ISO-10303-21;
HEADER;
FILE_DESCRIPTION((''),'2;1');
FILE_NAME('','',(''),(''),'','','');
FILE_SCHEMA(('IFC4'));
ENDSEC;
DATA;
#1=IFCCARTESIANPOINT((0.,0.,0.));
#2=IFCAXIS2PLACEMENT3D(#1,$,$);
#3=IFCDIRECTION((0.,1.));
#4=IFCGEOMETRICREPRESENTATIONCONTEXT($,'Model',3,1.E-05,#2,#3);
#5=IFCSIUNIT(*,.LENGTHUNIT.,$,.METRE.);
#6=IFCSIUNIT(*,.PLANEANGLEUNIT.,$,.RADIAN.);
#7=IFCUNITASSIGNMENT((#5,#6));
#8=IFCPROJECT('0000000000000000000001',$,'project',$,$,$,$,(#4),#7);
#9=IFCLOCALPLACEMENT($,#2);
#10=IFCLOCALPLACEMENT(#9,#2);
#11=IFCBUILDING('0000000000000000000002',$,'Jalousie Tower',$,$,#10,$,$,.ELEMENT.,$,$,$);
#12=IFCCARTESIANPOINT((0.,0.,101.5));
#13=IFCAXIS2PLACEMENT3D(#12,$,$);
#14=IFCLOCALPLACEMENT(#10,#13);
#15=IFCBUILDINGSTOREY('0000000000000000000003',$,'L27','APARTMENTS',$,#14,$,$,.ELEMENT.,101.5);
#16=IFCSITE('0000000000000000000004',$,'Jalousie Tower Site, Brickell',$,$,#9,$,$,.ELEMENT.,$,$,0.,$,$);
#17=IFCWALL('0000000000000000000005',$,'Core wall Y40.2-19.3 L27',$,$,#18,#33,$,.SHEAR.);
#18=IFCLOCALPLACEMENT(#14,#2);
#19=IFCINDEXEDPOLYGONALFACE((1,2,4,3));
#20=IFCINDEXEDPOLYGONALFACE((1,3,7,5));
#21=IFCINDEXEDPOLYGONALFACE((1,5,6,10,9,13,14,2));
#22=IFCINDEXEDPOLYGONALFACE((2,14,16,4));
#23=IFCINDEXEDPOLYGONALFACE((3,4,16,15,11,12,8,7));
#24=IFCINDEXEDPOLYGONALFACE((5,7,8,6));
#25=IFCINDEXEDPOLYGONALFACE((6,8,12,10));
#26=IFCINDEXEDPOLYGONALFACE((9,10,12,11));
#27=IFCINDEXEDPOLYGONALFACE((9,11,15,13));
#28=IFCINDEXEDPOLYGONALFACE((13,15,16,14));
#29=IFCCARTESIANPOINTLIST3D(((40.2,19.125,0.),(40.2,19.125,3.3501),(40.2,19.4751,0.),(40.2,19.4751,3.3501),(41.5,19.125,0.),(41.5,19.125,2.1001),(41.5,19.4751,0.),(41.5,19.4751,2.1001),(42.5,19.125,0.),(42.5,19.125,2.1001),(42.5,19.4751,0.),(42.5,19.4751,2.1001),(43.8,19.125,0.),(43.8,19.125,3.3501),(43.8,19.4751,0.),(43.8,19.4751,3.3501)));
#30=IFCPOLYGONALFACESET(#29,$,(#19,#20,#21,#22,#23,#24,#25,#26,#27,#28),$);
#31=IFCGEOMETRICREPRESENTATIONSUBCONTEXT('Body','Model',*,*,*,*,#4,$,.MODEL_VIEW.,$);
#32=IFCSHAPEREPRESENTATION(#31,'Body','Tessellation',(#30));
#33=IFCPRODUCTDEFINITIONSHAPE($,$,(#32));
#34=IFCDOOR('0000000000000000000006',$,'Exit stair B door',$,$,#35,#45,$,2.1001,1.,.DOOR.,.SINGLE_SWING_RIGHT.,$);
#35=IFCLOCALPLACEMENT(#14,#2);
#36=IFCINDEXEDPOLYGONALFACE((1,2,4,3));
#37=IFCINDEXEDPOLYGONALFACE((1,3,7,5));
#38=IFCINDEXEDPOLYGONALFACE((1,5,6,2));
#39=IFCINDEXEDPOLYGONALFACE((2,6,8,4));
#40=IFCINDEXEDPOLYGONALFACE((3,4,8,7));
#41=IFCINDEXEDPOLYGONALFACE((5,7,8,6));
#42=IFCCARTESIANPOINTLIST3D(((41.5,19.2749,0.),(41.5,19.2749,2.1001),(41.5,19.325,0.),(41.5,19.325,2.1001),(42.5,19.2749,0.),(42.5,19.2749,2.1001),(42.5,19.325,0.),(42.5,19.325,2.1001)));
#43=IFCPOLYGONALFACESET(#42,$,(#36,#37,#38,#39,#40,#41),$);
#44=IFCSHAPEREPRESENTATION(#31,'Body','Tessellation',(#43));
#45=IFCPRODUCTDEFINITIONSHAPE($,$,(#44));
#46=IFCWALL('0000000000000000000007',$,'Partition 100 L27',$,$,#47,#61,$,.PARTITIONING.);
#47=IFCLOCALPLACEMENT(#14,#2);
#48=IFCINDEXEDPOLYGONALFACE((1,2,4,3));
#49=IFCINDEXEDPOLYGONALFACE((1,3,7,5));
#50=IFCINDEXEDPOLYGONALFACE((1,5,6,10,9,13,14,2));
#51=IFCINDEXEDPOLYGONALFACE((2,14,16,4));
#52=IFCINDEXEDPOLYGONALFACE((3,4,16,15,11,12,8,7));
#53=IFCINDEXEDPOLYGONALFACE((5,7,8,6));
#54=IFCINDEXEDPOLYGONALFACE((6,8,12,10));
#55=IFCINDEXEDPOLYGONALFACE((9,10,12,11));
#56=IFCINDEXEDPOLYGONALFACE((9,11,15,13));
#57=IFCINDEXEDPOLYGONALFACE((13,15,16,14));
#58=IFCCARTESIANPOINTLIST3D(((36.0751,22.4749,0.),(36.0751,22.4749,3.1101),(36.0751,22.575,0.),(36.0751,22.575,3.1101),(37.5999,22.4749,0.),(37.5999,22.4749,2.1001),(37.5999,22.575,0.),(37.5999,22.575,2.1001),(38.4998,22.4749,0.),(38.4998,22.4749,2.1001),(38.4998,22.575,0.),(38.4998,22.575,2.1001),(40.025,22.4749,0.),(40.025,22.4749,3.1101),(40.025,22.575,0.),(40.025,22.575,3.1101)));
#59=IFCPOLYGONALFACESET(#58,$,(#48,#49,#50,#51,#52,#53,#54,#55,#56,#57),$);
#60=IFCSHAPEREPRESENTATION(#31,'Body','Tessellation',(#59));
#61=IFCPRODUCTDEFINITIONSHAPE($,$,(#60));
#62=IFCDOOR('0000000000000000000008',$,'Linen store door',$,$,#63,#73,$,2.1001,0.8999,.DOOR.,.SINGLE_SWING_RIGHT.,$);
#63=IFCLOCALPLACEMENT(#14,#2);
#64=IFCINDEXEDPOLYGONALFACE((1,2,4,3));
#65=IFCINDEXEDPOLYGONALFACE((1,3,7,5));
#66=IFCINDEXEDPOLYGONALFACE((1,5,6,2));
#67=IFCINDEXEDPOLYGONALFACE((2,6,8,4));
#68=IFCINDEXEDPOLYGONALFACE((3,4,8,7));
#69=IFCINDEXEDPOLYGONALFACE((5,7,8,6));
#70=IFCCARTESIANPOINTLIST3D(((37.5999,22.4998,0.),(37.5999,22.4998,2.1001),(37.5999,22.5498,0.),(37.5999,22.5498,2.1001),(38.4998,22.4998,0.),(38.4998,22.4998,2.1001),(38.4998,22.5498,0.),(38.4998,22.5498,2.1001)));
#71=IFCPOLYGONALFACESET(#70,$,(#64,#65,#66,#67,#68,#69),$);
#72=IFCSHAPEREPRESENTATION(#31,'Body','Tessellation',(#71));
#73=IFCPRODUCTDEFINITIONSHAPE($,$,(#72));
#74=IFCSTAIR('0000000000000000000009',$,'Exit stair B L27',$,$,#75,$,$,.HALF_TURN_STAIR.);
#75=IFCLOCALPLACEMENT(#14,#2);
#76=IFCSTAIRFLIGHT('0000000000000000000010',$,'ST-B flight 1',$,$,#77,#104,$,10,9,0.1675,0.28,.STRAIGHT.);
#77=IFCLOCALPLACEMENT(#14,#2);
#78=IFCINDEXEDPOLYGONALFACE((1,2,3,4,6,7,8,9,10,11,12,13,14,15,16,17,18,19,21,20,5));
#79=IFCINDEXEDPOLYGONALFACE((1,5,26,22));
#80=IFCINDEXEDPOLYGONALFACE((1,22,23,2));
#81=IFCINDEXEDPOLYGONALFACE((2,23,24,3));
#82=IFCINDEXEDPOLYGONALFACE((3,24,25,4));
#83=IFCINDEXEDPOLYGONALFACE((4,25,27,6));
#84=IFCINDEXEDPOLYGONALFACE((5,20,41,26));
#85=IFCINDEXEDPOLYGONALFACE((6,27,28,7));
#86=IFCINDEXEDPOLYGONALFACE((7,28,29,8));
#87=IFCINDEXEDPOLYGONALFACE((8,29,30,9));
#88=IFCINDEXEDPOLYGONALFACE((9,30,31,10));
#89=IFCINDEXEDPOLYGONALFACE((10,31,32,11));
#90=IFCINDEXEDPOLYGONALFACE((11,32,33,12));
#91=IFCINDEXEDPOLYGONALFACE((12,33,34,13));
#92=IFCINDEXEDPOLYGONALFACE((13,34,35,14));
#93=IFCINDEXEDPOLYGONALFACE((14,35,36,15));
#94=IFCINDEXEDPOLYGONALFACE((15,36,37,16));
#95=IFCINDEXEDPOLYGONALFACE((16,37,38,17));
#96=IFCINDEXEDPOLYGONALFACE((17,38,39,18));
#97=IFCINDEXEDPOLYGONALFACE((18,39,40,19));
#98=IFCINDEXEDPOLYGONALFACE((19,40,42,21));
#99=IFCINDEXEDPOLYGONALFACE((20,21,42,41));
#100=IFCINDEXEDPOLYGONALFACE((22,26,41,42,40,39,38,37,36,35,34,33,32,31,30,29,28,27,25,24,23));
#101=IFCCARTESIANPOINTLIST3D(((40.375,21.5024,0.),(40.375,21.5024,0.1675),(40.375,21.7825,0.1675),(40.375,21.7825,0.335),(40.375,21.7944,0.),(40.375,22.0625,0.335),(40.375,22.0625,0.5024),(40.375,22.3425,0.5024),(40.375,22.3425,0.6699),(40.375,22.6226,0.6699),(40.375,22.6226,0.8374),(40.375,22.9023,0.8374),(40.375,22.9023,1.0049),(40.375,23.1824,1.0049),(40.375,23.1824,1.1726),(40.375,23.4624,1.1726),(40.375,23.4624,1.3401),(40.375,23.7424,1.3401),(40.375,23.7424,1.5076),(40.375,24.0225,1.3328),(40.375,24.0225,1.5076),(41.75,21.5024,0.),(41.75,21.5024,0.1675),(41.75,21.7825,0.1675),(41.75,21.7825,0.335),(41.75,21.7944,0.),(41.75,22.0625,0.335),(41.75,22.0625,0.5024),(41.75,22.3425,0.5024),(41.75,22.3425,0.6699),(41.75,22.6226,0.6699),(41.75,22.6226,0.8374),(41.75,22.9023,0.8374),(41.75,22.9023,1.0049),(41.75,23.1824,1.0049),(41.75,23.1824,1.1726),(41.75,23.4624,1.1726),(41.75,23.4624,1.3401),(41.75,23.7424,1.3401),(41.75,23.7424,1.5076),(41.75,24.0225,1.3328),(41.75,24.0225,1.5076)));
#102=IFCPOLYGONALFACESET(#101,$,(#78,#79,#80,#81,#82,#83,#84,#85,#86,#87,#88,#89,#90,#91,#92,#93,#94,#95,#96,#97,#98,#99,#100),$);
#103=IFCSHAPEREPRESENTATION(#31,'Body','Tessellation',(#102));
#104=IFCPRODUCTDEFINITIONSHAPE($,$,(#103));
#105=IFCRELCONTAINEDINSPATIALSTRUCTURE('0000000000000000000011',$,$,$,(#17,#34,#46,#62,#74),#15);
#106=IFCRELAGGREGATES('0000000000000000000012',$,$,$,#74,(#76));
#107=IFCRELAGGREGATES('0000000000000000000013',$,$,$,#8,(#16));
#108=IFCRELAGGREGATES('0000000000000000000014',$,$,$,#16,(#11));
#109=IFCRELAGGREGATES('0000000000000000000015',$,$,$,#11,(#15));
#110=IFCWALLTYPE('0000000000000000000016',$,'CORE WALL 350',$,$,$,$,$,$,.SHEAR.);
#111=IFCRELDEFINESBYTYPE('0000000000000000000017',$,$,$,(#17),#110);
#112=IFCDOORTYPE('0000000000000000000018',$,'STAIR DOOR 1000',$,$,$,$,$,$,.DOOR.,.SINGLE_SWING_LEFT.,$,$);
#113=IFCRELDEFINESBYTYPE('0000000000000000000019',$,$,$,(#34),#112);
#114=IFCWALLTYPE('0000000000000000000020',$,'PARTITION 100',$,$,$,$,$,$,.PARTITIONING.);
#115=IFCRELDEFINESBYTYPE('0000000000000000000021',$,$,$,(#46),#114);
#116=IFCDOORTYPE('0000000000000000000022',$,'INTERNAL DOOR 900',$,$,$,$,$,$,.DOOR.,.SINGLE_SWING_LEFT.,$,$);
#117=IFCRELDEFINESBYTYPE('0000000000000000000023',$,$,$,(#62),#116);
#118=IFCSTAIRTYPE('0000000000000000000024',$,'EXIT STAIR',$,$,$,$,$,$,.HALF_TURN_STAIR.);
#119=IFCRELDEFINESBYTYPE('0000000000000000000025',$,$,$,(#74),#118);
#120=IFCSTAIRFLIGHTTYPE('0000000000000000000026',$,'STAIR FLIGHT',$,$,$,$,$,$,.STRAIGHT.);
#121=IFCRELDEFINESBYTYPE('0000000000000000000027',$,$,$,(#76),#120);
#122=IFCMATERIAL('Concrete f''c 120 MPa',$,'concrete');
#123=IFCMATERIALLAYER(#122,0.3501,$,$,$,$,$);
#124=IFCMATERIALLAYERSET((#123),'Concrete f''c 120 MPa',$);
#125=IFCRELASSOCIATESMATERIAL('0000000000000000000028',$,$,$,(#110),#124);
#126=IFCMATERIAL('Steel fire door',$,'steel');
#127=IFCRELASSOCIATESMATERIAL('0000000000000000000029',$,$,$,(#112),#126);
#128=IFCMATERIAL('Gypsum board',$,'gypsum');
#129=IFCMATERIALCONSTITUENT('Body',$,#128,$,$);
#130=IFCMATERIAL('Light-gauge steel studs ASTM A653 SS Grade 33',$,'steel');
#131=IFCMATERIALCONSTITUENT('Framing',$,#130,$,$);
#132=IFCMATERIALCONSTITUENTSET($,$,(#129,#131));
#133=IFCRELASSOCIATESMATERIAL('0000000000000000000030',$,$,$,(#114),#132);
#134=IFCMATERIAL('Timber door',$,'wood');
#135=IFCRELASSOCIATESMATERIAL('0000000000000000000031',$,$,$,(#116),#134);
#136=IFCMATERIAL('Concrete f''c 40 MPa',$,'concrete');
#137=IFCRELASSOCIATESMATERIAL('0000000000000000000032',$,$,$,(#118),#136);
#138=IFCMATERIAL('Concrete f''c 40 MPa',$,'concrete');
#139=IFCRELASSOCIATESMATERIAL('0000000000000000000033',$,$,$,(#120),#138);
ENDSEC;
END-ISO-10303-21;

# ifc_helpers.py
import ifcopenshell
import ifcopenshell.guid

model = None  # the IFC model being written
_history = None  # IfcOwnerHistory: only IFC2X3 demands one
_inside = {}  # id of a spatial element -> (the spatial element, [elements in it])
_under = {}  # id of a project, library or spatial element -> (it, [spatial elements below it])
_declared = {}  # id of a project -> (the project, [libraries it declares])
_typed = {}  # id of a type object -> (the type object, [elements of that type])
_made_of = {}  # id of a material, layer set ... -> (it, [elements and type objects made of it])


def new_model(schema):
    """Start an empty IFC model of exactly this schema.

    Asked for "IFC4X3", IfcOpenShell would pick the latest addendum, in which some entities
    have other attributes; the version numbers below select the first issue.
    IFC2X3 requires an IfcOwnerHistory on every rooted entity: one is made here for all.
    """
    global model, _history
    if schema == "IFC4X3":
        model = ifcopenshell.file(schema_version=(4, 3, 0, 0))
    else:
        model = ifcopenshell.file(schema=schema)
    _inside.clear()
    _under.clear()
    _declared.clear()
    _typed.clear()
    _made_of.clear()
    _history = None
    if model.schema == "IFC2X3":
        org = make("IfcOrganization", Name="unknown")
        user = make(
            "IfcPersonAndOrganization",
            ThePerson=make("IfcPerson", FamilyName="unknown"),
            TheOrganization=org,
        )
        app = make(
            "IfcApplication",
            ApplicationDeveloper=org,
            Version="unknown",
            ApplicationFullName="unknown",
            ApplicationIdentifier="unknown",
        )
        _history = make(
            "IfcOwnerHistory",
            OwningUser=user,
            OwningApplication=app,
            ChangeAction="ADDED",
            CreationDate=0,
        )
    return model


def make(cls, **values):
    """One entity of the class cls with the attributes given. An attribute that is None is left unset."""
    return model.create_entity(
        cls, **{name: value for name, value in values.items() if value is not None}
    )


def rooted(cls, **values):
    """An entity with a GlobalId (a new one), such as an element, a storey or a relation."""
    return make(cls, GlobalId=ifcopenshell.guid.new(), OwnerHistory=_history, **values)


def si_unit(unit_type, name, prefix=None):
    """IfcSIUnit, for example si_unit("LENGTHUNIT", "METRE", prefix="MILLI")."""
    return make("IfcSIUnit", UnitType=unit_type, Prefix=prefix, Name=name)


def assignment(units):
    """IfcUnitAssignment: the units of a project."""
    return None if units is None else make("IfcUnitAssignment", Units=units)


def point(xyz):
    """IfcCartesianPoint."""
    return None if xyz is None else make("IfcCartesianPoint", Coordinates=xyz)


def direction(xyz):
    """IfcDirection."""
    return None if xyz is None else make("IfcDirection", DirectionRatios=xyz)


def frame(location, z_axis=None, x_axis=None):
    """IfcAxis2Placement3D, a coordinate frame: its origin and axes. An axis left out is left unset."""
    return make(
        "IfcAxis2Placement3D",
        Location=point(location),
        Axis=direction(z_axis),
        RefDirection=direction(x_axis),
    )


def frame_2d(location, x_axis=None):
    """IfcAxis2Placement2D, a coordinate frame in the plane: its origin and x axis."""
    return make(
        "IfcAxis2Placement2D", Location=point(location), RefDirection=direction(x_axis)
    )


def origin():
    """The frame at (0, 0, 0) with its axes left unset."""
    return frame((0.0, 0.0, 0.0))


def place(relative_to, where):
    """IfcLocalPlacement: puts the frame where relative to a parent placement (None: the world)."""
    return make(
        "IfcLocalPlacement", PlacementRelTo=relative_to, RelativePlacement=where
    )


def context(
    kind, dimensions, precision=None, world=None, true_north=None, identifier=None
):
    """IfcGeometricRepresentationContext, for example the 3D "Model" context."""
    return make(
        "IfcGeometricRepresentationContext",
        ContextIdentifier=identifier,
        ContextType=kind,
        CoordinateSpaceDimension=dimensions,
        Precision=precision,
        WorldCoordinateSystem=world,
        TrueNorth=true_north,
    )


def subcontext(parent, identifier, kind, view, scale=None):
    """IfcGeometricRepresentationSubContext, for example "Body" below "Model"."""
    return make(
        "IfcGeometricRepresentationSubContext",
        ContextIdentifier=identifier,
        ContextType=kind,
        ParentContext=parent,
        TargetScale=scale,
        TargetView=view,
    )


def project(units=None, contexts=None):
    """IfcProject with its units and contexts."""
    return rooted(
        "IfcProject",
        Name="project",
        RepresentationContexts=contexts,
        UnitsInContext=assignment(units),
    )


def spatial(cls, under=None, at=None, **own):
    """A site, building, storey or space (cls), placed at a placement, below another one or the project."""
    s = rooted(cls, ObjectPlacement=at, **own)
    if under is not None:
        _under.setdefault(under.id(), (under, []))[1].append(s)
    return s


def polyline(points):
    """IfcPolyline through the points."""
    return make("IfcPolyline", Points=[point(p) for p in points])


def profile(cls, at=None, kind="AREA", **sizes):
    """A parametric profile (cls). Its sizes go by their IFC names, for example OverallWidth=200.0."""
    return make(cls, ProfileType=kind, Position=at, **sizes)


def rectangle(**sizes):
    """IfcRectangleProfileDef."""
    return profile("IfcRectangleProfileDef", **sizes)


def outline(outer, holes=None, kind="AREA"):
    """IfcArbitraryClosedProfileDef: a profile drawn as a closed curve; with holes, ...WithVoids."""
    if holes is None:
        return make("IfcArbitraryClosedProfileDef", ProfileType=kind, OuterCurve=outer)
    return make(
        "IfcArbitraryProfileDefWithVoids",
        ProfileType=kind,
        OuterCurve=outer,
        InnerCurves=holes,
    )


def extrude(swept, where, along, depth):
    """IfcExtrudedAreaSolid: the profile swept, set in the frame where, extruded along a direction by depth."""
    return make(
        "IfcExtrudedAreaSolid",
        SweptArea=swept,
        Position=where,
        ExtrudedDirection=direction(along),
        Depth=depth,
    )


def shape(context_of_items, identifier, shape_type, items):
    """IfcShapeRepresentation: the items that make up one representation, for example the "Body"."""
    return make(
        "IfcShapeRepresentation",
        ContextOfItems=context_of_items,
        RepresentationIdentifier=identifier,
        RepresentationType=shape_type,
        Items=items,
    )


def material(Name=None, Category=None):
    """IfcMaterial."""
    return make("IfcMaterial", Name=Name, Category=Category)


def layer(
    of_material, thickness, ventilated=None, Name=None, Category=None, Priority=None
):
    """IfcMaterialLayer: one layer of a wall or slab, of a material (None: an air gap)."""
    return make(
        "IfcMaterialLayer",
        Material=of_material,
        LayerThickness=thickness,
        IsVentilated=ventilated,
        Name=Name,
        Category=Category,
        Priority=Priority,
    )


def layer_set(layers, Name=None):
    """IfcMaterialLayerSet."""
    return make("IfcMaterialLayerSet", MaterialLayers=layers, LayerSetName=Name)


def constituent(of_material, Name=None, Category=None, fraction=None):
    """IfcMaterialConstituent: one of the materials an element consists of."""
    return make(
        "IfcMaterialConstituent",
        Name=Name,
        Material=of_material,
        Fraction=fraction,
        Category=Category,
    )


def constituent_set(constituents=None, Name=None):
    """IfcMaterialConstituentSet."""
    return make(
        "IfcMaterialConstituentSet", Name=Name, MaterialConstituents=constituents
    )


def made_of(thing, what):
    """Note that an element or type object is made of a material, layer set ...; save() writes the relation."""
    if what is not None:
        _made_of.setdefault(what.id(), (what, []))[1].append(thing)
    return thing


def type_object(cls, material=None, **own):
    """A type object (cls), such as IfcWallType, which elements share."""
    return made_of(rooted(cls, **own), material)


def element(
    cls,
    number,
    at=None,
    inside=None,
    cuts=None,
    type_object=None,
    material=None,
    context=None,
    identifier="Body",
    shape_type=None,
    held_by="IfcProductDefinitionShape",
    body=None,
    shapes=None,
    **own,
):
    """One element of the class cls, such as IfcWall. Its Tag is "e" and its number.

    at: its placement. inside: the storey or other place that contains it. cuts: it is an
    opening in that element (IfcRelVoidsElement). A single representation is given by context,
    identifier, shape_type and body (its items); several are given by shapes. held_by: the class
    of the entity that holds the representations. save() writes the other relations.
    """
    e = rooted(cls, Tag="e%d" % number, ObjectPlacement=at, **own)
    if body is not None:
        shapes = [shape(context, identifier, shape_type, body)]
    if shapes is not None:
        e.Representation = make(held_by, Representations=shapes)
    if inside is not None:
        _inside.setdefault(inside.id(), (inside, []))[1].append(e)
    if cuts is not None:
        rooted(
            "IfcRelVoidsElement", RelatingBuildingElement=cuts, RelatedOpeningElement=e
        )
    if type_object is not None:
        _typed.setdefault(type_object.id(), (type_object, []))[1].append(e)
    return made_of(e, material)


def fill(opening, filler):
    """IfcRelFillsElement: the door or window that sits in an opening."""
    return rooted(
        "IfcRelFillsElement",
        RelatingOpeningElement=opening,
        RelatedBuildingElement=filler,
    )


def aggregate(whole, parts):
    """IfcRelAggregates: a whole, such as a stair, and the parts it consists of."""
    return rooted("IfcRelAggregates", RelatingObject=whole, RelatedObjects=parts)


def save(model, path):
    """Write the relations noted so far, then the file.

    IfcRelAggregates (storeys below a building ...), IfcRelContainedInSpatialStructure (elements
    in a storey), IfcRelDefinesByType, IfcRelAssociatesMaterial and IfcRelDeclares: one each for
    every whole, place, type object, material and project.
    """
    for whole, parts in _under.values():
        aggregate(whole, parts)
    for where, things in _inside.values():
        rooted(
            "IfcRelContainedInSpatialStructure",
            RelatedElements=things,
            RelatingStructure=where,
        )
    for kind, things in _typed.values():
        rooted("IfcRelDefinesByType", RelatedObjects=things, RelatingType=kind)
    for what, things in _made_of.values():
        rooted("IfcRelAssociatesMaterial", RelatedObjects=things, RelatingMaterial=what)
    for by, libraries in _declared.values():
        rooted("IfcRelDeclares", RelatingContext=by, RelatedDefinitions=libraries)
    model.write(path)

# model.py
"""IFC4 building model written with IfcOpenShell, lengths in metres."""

from ifc_helpers import new_model, si_unit, direction, frame, frame_2d, origin, place, context, subcontext, project, spatial, polyline, rectangle, outline, extrude, material, layer, layer_set, constituent, constituent_set, type_object, element, fill, aggregate, save


model = new_model("IFC4")

# Units and contexts
model_context = context("Model", 3, precision=1e-05, world=origin(), true_north=direction((0.0, 1.0)))
body_context = subcontext(model_context, "Body", "Model", "MODEL_VIEW")
ifc_project = project(units=[si_unit("LENGTHUNIT", "METRE"), si_unit("PLANEANGLEUNIT", "RADIAN")], contexts=[model_context])

# Site, building, storey
site_placement = place(None, origin())
site = spatial("IfcSite", under=ifc_project, at=site_placement, Name="Jalousie Tower Site, Brickell", CompositionType="ELEMENT", RefElevation=0.0)
building_placement = place(site_placement, origin())
building = spatial("IfcBuilding", under=site, at=building_placement, Name="Jalousie Tower", CompositionType="ELEMENT")
storey_placement = place(building_placement, frame((0.0, 0.0, 101.5)))
storey = spatial("IfcBuildingStorey", under=building, at=storey_placement, Name="L27", Description="APARTMENTS", CompositionType="ELEMENT", Elevation=101.5)

# Shared definitions
ifc_material_1 = material(Name="Concrete f'c 120 MPa", Category="concrete")
ifc_layer = layer(ifc_material_1, 0.3501)
ifc_layer_set = layer_set([ifc_layer], Name="Concrete f'c 120 MPa")
wall_type_1 = type_object("IfcWallType", Name="CORE WALL 350", PredefinedType="SHEAR", material=ifc_layer_set)

# Walls, openings, doors
wall_1_placement = place(storey_placement, frame((40.2, 19.3, 0.0), z_axis=(0.0, 0.0, 1.0), x_axis=(1.0, 0.0, 0.0)))
wall_1 = element("IfcWall", 1, at=wall_1_placement, inside=storey, type_object=wall_type_1, Name="Core wall Y40.2-19.3 L27", PredefinedType="SHEAR", context=body_context, shape_type="SweptSolid", body=[
    extrude(rectangle(XDim=3.6001, YDim=0.3501, at=frame_2d((1.8, 0.0))), origin(), (0.0, 0.0, 1.0), 3.3501),
])
opening_1_placement = place(wall_1_placement, frame((1.3, 0.0, 0.0)))
opening_1 = element("IfcOpeningElement", 2, at=opening_1_placement, cuts=wall_1, PredefinedType="OPENING", context=body_context, shape_type="SweptSolid", body=[
    extrude(rectangle(XDim=1.0, YDim=2.1001, at=frame_2d((0.5, 1.05))), frame((0.0, 0.1851, 0.0), z_axis=(0.0, -1.0, 0.0), x_axis=(1.0, 0.0, 0.0)), (0.0, 0.0, 1.0), 0.3701),
])
ifc_material_2 = material(Name="Steel fire door", Category="steel")
door_type_1 = type_object("IfcDoorType", Name="STAIR DOOR 1000", OperationType="SINGLE_SWING_LEFT", PredefinedType="DOOR", material=ifc_material_2)
door_1_placement = place(opening_1_placement, origin())
door_1 = element("IfcDoor", 3, at=door_1_placement, inside=storey, type_object=door_type_1, Name="Exit stair B door", OperationType="SINGLE_SWING_RIGHT", OverallHeight=2.1001, OverallWidth=1.0, PredefinedType="DOOR", context=body_context, shape_type="SweptSolid", body=[
    extrude(rectangle(XDim=1.0, YDim=2.1001, at=frame_2d((0.5, 1.05))), frame((0.0, 0.0249, 0.0), z_axis=(0.0, -1.0, 0.0), x_axis=(1.0, 0.0, 0.0)), (0.0, 0.0, 1.0), 0.05),
])
fill(opening_1, door_1)
ifc_material_3 = material(Name="Gypsum board", Category="gypsum")
ifc_constituent_1 = constituent(ifc_material_3, Name="Body")
ifc_material_4 = material(Name="Light-gauge steel studs ASTM A653 SS Grade 33", Category="steel")
ifc_constituent_2 = constituent(ifc_material_4, Name="Framing")
ifc_constituent_set_1 = constituent_set(constituents=[ifc_constituent_1, ifc_constituent_2])
wall_type_2 = type_object("IfcWallType", Name="PARTITION 100", PredefinedType="PARTITIONING", material=ifc_constituent_set_1)
wall_2_placement = place(storey_placement, frame((36.075, 22.5249, 0.0), z_axis=(0.0, 0.0, 1.0), x_axis=(1.0, 0.0, 0.0)))
wall_2 = element("IfcWall", 4, at=wall_2_placement, inside=storey, type_object=wall_type_2, Name="Partition 100 L27", PredefinedType="PARTITIONING", context=body_context, shape_type="SweptSolid", body=[
    extrude(rectangle(XDim=3.95, YDim=0.1001, at=frame_2d((1.9751, 0.0))), origin(), (0.0, 0.0, 1.0), 3.1101),
])
opening_2_placement = place(wall_2_placement, frame((1.5249, 0.0, 0.0)))
opening_2 = element("IfcOpeningElement", 5, at=opening_2_placement, cuts=wall_2, PredefinedType="OPENING", context=body_context, shape_type="SweptSolid", body=[
    extrude(rectangle(XDim=0.8999, YDim=2.1001, at=frame_2d((0.45, 1.05))), frame((0.0, 0.0601, 0.0), z_axis=(0.0, -1.0, 0.0), x_axis=(1.0, 0.0, 0.0)), (0.0, 0.0, 1.0), 0.1201),
])
ifc_material_5 = material(Name="Timber door", Category="wood")
door_type_2 = type_object("IfcDoorType", Name="INTERNAL DOOR 900", OperationType="SINGLE_SWING_LEFT", PredefinedType="DOOR", material=ifc_material_5)
door_2_placement = place(opening_2_placement, origin())
door_2 = element("IfcDoor", 6, at=door_2_placement, inside=storey, type_object=door_type_2, Name="Linen store door", OperationType="SINGLE_SWING_RIGHT", OverallHeight=2.1001, OverallWidth=0.8999, PredefinedType="DOOR", context=body_context, shape_type="SweptSolid", body=[
    extrude(rectangle(XDim=0.8999, YDim=2.1001, at=frame_2d((0.45, 1.05))), frame((0.0, 0.0249, 0.0), z_axis=(0.0, -1.0, 0.0), x_axis=(1.0, 0.0, 0.0)), (0.0, 0.0, 1.0), 0.05),
])
fill(opening_2, door_2)

# Stair, stair flight
ifc_material_6 = material(Name="Concrete f'c 40 MPa", Category="concrete")
stair_type = type_object("IfcStairType", Name="EXIT STAIR", PredefinedType="HALF_TURN_STAIR", material=ifc_material_6)
stair_placement = place(storey_placement, origin())
stair = element("IfcStair", 7, at=stair_placement, inside=storey, type_object=stair_type, Name="Exit stair B L27", PredefinedType="HALF_TURN_STAIR")
ifc_material_7 = material(Name="Concrete f'c 40 MPa", Category="concrete")
stair_flight_type = type_object("IfcStairFlightType", Name="STAIR FLIGHT", PredefinedType="STRAIGHT", material=ifc_material_7)
stair_flight_placement = place(storey_placement, frame((41.0625, 21.5024, 0.0), z_axis=(0.0, 0.0, 1.0), x_axis=(0.0, 1.0, 0.0)))
stair_flight = element("IfcStairFlight", 8, at=stair_flight_placement, type_object=stair_flight_type, Name="ST-B flight 1", NumberOfRisers=10, NumberOfTreads=9, PredefinedType="STRAIGHT", RiserHeight=0.1675, TreadLength=0.28, context=body_context, shape_type="SweptSolid", body=[
    extrude(outline(polyline([(0.0, 0.0), (0.0, 0.1675), (0.28, 0.1675), (0.28, 0.335), (0.5601, 0.335), (0.5601, 0.5024), (0.8401, 0.5024), (0.8401, 0.6699), (1.1201, 0.6699), (1.1201, 0.8374), (1.3999, 0.8374), (1.3999, 1.0049), (1.6799, 1.0049), (1.6799, 1.1726), (1.96, 1.1726), (1.96, 1.3401), (2.24, 1.3401), (2.24, 1.5076), (2.52, 1.5076), (2.52, 1.675), (2.52, 1.3328), (0.292, 0.0), (0.0, 0.0)])), frame((0.0, 0.6875, 0.0), z_axis=(0.0, -1.0, 0.0), x_axis=(1.0, 0.0, 0.0)), (0.0, 0.0, 1.0), 1.375),
])
aggregate(stair, [stair_flight])

save(model, "model.ifc")
